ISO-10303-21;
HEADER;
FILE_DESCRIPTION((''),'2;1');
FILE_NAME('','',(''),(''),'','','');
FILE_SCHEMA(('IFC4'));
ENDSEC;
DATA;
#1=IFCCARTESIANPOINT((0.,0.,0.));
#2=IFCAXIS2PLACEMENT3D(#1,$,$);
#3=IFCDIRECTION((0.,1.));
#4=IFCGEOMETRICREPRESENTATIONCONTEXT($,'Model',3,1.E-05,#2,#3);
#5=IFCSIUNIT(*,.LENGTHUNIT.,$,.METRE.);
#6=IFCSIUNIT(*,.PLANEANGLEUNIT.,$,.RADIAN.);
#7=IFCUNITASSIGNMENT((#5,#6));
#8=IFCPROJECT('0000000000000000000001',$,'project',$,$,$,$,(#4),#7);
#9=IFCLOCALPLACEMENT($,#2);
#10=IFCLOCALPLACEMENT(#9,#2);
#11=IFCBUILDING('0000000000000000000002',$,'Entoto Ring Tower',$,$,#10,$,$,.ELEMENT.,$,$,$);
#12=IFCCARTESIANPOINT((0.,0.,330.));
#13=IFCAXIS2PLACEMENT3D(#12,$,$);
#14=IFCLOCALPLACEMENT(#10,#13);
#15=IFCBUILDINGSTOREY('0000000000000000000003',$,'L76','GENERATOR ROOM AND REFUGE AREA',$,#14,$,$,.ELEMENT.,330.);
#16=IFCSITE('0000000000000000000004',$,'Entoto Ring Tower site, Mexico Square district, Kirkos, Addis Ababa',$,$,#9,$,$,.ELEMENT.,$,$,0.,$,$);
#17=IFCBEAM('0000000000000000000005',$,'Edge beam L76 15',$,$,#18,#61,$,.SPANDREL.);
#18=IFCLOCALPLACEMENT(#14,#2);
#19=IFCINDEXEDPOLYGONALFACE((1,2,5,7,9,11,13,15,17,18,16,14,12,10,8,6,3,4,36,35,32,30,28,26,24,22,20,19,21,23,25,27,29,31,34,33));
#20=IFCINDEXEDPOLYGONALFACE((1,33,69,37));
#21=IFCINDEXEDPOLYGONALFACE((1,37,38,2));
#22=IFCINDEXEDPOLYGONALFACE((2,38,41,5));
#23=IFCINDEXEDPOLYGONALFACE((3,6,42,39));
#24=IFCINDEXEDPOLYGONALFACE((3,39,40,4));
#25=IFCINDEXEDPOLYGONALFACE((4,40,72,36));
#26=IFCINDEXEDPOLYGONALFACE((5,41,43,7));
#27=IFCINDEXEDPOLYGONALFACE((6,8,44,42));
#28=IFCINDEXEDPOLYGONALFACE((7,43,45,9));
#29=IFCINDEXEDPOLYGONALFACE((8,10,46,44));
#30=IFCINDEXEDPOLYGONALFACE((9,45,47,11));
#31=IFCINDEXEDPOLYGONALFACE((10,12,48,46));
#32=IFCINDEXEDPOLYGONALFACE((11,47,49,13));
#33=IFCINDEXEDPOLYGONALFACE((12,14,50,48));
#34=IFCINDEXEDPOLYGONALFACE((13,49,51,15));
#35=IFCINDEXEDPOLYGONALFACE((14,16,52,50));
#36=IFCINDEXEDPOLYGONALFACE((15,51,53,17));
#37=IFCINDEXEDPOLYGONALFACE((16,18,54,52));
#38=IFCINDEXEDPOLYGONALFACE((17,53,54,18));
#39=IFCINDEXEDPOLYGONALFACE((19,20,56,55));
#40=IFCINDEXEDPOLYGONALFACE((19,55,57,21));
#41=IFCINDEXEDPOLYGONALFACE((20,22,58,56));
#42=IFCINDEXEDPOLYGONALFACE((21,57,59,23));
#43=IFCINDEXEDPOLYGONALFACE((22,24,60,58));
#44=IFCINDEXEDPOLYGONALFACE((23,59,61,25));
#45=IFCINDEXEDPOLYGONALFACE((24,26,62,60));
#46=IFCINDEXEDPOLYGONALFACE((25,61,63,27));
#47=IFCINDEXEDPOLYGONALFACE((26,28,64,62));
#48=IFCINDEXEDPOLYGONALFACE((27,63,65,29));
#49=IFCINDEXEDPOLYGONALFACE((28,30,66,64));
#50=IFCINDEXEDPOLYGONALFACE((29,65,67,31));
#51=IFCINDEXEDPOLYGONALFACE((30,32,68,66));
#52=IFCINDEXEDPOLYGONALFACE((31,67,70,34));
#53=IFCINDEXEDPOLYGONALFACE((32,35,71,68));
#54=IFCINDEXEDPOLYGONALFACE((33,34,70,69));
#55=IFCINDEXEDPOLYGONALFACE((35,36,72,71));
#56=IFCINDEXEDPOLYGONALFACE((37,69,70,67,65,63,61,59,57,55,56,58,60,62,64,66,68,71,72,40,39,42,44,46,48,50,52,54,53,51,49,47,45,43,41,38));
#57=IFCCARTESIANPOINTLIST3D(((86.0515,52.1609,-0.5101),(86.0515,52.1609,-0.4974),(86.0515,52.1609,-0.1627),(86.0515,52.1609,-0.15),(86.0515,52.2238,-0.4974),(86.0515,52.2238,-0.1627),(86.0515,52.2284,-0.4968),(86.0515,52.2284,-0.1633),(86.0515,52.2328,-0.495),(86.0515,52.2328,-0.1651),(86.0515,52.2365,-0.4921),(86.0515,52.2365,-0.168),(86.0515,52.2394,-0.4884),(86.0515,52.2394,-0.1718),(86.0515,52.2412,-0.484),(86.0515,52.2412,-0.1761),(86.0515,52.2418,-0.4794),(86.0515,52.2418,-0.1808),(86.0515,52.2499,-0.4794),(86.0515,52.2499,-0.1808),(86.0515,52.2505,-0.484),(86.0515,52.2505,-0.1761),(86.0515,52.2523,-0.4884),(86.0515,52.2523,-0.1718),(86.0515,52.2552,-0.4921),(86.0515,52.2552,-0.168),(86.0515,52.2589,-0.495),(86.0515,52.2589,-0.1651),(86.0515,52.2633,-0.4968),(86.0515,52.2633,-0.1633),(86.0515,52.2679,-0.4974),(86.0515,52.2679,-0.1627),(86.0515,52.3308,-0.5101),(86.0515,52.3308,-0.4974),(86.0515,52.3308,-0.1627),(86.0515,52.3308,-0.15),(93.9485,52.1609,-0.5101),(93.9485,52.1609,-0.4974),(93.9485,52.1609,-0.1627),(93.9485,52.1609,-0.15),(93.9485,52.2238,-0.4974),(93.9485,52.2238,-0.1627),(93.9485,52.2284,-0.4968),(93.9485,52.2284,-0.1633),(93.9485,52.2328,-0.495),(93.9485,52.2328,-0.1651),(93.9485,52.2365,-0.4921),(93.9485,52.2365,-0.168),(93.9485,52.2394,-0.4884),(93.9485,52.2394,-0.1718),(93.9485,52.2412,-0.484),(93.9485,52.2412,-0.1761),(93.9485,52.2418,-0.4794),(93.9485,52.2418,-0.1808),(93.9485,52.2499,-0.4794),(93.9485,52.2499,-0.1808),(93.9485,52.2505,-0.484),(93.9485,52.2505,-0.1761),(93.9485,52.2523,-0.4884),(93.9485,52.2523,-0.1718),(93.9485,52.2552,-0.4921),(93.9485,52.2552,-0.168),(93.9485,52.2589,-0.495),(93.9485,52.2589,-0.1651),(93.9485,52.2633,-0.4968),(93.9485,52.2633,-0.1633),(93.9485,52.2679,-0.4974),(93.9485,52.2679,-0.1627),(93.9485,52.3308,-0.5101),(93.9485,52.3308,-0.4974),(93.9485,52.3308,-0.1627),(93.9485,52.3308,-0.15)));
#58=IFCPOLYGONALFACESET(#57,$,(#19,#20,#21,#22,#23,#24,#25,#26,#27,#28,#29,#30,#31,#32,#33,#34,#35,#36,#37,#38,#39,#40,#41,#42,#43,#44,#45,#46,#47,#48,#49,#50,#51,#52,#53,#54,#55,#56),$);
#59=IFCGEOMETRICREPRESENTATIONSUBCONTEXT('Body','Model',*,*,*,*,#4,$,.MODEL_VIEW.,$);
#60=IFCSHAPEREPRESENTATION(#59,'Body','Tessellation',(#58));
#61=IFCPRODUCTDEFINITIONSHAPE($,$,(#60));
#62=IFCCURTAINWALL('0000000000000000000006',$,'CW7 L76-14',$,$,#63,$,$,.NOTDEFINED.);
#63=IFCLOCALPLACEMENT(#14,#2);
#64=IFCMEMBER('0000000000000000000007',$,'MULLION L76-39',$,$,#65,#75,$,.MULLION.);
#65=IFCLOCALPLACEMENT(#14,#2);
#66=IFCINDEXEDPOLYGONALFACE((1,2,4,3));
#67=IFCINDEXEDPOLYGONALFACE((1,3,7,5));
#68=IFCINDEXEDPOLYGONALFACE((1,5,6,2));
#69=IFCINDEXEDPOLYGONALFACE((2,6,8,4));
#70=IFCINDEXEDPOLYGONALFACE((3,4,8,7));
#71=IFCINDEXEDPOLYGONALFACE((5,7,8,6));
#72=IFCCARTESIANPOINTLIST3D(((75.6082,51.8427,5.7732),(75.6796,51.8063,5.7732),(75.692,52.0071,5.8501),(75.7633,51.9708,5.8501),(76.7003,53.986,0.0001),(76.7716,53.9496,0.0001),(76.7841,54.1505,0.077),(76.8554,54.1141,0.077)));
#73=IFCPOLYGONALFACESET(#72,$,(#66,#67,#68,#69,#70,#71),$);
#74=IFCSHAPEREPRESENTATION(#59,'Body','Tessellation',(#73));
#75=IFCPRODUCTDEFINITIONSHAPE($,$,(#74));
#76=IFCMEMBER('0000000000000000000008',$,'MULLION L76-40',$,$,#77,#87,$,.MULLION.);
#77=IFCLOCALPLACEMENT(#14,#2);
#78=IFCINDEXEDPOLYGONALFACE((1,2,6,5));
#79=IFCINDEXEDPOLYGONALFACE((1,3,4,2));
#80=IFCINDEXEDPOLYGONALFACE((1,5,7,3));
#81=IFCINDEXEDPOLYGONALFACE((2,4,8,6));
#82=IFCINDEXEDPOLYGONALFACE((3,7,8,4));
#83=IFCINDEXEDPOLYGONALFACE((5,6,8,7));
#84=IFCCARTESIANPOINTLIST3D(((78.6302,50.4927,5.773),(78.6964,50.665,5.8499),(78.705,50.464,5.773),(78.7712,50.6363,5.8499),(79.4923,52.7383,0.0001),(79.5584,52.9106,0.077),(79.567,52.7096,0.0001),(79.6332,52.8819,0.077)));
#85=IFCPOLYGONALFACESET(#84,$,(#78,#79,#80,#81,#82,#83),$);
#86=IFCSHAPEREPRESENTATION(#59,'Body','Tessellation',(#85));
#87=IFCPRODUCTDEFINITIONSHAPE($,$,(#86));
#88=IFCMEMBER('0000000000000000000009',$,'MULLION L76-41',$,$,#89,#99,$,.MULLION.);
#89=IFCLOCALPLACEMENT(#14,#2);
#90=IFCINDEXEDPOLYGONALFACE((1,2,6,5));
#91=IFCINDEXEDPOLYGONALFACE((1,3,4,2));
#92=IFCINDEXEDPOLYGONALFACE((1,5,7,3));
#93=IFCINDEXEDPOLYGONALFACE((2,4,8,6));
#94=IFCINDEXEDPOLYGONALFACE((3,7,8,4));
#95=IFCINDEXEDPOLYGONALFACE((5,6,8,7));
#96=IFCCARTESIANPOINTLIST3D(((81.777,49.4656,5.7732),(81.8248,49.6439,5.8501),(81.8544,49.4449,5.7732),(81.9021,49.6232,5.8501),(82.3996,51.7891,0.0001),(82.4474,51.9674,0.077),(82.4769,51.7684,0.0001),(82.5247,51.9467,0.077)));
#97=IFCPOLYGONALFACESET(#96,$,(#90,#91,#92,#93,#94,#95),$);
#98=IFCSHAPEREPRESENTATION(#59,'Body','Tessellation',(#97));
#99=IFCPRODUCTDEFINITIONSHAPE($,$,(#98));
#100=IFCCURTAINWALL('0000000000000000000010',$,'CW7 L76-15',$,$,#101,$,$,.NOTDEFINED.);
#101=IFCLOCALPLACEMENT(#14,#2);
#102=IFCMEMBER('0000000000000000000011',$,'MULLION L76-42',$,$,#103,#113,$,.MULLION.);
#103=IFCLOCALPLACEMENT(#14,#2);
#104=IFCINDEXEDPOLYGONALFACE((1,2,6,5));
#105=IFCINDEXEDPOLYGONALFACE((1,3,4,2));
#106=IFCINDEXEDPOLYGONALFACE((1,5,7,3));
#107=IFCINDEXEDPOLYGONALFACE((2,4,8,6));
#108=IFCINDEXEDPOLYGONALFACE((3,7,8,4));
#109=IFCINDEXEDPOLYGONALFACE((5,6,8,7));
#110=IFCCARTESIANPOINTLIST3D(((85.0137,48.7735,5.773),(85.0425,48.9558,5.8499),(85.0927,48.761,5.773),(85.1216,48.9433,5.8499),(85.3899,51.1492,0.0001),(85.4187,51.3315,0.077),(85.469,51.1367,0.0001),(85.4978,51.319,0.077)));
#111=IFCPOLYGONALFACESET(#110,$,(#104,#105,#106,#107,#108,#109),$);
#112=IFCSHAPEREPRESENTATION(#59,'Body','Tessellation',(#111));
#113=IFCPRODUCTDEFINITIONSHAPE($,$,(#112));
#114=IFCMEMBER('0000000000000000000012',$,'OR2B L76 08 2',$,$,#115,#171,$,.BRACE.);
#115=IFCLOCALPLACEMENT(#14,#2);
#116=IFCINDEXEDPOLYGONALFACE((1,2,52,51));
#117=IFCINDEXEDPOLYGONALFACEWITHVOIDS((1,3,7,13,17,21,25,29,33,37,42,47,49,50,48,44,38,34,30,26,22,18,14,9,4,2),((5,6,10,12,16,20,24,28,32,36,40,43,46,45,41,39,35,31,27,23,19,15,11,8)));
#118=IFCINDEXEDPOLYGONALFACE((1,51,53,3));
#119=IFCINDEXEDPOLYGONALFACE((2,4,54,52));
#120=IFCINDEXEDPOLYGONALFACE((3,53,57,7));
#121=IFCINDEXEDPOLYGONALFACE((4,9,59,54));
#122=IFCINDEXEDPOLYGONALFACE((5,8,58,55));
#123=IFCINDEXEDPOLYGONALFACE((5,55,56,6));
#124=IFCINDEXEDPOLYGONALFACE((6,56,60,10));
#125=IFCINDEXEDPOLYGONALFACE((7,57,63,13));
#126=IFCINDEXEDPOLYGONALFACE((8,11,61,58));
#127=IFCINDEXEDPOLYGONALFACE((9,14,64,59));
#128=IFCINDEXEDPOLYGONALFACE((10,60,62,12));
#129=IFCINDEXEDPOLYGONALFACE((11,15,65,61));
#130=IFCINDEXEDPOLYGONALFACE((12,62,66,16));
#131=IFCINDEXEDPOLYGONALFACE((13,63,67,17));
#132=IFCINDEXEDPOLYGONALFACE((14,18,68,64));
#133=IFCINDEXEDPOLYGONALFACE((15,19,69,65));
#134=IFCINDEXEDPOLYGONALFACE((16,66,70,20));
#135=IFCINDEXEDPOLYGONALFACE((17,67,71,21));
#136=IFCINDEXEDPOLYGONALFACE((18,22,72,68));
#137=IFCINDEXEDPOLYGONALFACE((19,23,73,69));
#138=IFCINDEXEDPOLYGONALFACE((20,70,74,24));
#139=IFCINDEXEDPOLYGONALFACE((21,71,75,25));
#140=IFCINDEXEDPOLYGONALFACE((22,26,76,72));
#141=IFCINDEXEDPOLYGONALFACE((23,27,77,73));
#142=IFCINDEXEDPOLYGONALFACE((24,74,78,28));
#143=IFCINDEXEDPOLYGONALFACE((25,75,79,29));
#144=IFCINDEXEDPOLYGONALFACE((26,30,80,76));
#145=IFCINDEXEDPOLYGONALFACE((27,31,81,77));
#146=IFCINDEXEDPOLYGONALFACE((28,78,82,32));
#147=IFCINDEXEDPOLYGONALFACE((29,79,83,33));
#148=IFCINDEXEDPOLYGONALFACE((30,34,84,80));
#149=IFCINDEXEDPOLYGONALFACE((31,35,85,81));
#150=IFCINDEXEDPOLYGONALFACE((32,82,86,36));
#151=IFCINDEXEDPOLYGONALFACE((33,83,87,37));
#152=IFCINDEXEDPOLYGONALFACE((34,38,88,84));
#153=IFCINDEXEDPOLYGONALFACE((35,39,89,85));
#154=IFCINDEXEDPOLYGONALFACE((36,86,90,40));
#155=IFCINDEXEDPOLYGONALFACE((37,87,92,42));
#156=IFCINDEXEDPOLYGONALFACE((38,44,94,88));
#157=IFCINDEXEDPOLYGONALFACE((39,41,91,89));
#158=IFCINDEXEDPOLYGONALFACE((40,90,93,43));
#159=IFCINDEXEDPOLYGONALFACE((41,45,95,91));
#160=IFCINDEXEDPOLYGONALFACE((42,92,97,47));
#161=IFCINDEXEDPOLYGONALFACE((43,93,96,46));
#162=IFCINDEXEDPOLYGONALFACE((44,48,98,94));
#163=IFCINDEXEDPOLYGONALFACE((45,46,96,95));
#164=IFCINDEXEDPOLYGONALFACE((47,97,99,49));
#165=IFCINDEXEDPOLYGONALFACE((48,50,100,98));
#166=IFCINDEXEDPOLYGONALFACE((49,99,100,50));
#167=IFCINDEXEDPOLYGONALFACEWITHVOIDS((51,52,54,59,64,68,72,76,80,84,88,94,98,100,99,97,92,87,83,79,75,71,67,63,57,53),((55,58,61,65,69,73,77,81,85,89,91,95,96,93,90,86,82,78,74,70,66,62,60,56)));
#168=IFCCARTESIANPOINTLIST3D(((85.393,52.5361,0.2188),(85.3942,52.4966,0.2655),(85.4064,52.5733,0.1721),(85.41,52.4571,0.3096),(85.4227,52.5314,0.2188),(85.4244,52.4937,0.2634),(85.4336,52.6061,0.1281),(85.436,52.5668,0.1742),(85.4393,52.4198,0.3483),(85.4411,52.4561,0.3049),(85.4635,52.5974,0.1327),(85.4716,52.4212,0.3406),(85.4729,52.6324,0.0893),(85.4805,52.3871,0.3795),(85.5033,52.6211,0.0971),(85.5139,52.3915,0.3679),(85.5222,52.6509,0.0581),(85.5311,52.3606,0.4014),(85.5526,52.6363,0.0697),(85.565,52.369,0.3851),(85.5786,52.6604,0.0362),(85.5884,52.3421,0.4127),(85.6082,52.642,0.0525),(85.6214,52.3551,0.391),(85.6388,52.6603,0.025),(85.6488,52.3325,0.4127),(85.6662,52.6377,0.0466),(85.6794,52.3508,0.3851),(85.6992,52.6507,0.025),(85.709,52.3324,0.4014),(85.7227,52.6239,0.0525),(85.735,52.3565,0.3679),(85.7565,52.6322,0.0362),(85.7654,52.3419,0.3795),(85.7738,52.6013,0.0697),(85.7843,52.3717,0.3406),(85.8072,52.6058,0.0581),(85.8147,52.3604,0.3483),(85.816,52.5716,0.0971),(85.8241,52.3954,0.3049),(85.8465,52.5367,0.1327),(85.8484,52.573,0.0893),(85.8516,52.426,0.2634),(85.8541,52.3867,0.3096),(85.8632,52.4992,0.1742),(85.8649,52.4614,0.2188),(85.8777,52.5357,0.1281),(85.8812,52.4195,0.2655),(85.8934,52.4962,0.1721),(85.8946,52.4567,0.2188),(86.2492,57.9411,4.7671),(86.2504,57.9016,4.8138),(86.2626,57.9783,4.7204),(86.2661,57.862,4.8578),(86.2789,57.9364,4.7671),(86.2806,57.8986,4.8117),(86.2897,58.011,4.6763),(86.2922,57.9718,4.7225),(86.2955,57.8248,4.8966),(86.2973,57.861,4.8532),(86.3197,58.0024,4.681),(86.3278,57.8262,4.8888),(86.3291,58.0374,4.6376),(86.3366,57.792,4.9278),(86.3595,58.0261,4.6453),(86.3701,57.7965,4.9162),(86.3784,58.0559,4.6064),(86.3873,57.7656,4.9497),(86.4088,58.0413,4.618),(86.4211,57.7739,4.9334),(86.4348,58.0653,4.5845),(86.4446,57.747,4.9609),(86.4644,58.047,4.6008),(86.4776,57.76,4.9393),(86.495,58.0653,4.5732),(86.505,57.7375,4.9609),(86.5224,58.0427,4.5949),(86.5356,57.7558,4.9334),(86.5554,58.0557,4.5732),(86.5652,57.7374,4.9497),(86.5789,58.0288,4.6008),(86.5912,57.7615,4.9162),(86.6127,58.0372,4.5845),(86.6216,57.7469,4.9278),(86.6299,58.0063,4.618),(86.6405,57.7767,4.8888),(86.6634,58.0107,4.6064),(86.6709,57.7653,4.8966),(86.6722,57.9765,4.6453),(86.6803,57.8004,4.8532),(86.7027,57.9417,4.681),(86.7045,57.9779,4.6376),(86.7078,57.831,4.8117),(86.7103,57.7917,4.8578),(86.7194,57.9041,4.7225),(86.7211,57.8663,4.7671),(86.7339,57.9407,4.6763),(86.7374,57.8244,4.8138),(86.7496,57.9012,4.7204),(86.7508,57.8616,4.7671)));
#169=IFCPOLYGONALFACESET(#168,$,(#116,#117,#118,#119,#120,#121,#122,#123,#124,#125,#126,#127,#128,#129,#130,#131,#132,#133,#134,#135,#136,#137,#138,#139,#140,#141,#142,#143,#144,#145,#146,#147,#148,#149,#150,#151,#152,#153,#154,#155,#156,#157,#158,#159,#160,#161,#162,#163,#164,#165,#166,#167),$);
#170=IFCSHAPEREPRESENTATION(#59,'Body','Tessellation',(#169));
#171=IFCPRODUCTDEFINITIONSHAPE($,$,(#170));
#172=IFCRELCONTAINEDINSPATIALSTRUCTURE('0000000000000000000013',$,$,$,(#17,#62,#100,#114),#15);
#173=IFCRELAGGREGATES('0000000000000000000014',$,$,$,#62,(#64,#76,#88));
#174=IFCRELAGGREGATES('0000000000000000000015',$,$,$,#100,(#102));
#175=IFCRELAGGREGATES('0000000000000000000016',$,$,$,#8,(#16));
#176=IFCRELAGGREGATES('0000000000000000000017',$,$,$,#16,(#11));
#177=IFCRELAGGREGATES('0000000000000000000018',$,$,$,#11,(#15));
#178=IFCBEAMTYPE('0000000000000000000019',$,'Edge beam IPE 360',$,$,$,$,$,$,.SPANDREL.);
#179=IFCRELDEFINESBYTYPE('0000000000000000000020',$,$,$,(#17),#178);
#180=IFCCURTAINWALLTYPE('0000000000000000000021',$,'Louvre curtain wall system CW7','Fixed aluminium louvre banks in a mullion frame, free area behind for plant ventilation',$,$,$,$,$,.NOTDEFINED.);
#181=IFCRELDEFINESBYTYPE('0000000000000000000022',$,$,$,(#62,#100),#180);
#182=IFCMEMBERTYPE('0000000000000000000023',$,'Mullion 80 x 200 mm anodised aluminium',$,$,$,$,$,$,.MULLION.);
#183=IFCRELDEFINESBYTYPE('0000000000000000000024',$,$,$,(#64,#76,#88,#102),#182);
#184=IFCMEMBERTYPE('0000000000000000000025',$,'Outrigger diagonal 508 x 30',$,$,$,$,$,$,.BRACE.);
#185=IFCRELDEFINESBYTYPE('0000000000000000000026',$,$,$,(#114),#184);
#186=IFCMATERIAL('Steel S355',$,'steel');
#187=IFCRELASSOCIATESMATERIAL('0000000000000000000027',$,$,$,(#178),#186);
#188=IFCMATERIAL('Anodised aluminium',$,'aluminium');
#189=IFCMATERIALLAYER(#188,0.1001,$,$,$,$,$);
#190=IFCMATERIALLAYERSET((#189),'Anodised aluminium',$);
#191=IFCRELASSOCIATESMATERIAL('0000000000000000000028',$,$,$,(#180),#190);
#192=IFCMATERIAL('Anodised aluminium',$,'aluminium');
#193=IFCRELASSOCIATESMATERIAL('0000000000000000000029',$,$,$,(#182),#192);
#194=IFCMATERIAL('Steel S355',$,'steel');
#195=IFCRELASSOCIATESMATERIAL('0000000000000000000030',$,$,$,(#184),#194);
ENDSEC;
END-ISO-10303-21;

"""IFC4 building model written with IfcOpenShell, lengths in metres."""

from ifc_helpers import new_model, si_unit, direction, frame, origin, origin_2d, place, context, subcontext, project, spatial, rectangle, circle, hollow_circle, i_section, extrude, material, layer, layer_set, material_profile, profile_set, type_object, element, aggregate, save


model = new_model("IFC4")

# Units and contexts
model_context = context("Model", 3, precision=1e-05, world=origin(), true_north=direction((0.0, 1.0)))
body_context = subcontext(model_context, "Body", "Model", "MODEL_VIEW")
ifc_project = project(units=[si_unit("LENGTHUNIT", "METRE"), si_unit("PLANEANGLEUNIT", "RADIAN")], contexts=[model_context])

# Site, building, storey
site_placement = place(None, origin())
site = spatial("IfcSite", under=ifc_project, at=site_placement, Name="Entoto Ring Tower site, Mexico Square district, Kirkos, Addis Ababa", CompositionType="ELEMENT", RefElevation=0.0)
building_placement = place(site_placement, origin())
building = spatial("IfcBuilding", under=site, at=building_placement, Name="Entoto Ring Tower", CompositionType="ELEMENT")
storey_placement = place(building_placement, frame((0.0, 0.0, 330.0)))
storey = spatial("IfcBuildingStorey", under=building, at=storey_placement, Name="L76", Description="GENERATOR ROOM AND REFUGE AREA", CompositionType="ELEMENT", Elevation=330.0)

# Beam
ifc_material_1 = material(Name="Steel S355", Category="steel")
ifc_material_profile_1 = material_profile(ifc_material_1, i_section(OverallWidth=0.1699, OverallDepth=0.3601, WebThickness=0.0081, FlangeThickness=0.0127, FilletRadius=0.0181, at=origin_2d()), Name="IPE 360")
ifc_profile_set_1 = profile_set([ifc_material_profile_1], Name="Steel S355")
beam_type = type_object("IfcBeamType", Name="Edge beam IPE 360", PredefinedType="SPANDREL", material=ifc_profile_set_1)
for number, where, z_axis, x_axis, name in (
    (1, (86.0515, 52.2458, -0.3301), (1.0, 0.0, 0.0), (0.0, 1.0, 0.0), "Edge beam L76 15"),
):
    element("IfcBeam", number, at=place(storey_placement, frame(where, z_axis=z_axis, x_axis=x_axis)), inside=storey, type_object=beam_type, Name=name, PredefinedType="SPANDREL", context=body_context, shape_type="SweptSolid", body=[
        extrude(i_section(OverallWidth=0.1699, OverallDepth=0.3601, WebThickness=0.0081, FlangeThickness=0.0127, FilletRadius=0.0181, at=origin_2d()), origin(), (0.0, 0.0, 1.0), 7.897),
    ])

# Curtain wall, members
ifc_material_2 = material(Name="Anodised aluminium", Category="aluminium")
ifc_layer_1 = layer(ifc_material_2, 0.1001)
ifc_layer_set_1 = layer_set([ifc_layer_1], Name="Anodised aluminium")
curtain_wall_type = type_object("IfcCurtainWallType", Name="Louvre curtain wall system CW7", Description="Fixed aluminium louvre banks in a mullion frame, free area behind for plant ventilation", PredefinedType="NOTDEFINED", material=ifc_layer_set_1)
curtain_wall_1_placement = place(storey_placement, origin())
curtain_wall_1 = element("IfcCurtainWall", 2, at=curtain_wall_1_placement, inside=storey, type_object=curtain_wall_type, Name="CW7 L76-14", PredefinedType="NOTDEFINED")
ifc_material_3 = material(Name="Anodised aluminium", Category="aluminium")
ifc_material_profile_2 = material_profile(ifc_material_3, rectangle(XDim=0.0801, YDim=0.2, at=origin_2d()), Name="Mullion 80 x 200 mm anodised aluminium")
ifc_profile_set_2 = profile_set([ifc_material_profile_2], Name="Anodised aluminium")
member_type_1 = type_object("IfcMemberType", Name="Mullion 80 x 200 mm anodised aluminium", PredefinedType="MULLION", material=ifc_profile_set_2)
member_1_placement = place(storey_placement, frame((76.7778, 54.05, 0.0386), z_axis=(-0.174613, -0.342707, 0.923072), x_axis=(0.891012, -0.453981, 0.0)))
member_1 = element("IfcMember", 3, at=member_1_placement, type_object=member_type_1, Name="MULLION L76-39", PredefinedType="MULLION", context=body_context, shape_type="SweptSolid", body=[
    extrude(rectangle(XDim=0.0801, YDim=0.2, at=origin_2d()), origin(), (0.0, 0.0, 1.0), 6.2542),
])
member_2_placement = place(storey_placement, frame((79.5627, 52.8101, 0.0386), z_axis=(-0.137841, -0.359066, 0.923077), x_axis=(0.933573, -0.358387, 0.0)))
member_2 = element("IfcMember", 4, at=member_2_placement, type_object=member_type_1, Name="MULLION L76-40", PredefinedType="MULLION", context=body_context, shape_type="SweptSolid", body=[
    extrude(rectangle(XDim=0.0801, YDim=0.2, at=origin_2d()), origin(), (0.0, 0.0, 1.0), 6.2539),
])
member_3_placement = place(storey_placement, frame((82.4622, 51.8679, 0.0386), z_axis=(-0.099545, -0.371517, 0.923074), x_axis=(0.965928, -0.258812, 0.0)))
member_3 = element("IfcMember", 5, at=member_3_placement, type_object=member_type_1, Name="MULLION L76-41", PredefinedType="MULLION", context=body_context, shape_type="SweptSolid", body=[
    extrude(rectangle(XDim=0.0801, YDim=0.2, at=origin_2d()), origin(), (0.0, 0.0, 1.0), 6.2542),
])
aggregate(curtain_wall_1, [member_1, member_2, member_3])

# Curtain wall, member
curtain_wall_2_placement = place(storey_placement, origin())
curtain_wall_2 = element("IfcCurtainWall", 6, at=curtain_wall_2_placement, inside=storey, type_object=curtain_wall_type, Name="CW7 L76-15", PredefinedType="NOTDEFINED")
member_4_placement = place(storey_placement, frame((85.4438, 51.2341, 0.0386), z_axis=(-0.060157, -0.379874, 0.92308), x_axis=(0.987692, -0.156411, 0.0)))
member_4 = element("IfcMember", 7, at=member_4_placement, type_object=member_type_1, Name="MULLION L76-42", PredefinedType="MULLION", context=body_context, shape_type="SweptSolid", body=[
    extrude(rectangle(XDim=0.0801, YDim=0.2, at=origin_2d()), origin(), (0.0, 0.0, 1.0), 6.2539),
])
aggregate(curtain_wall_2, [member_4])

# Member
ifc_material_4 = material(Name="Steel S355", Category="steel")
ifc_material_profile_3 = material_profile(ifc_material_4, hollow_circle(Radius=0.2539, WallThickness=0.03, at=origin_2d()), Name="CHS 508 x 30")
ifc_material_5 = material(Name="Concrete C60/75", Category="concrete")
ifc_material_profile_4 = material_profile(ifc_material_5, circle(Radius=0.2241, at=origin_2d()), Name="Concrete C60/75 infill")
ifc_profile_set_3 = profile_set([ifc_material_profile_3, ifc_material_profile_4], Name="Steel S355")
member_type_2 = type_object("IfcMemberType", Name="Outrigger diagonal 508 x 30", PredefinedType="BRACE", material=ifc_profile_set_3)
member_5_placement = place(storey_placement, frame((86.5, 57.9014, 4.7671), z_axis=(-0.120324, -0.75958, -0.639188), x_axis=(0.987685, -0.156457, 0.0)))
element("IfcMember", 8, at=member_5_placement, inside=storey, type_object=member_type_2, Name="OR2B L76 08 2", PredefinedType="BRACE", context=body_context, shape_type="SweptSolid", body=[
    extrude(hollow_circle(Radius=0.2539, WallThickness=0.03, at=origin_2d()), origin(), (0.0, 0.0, 1.0), 7.1157),
])

save(model, "model.ifc")
